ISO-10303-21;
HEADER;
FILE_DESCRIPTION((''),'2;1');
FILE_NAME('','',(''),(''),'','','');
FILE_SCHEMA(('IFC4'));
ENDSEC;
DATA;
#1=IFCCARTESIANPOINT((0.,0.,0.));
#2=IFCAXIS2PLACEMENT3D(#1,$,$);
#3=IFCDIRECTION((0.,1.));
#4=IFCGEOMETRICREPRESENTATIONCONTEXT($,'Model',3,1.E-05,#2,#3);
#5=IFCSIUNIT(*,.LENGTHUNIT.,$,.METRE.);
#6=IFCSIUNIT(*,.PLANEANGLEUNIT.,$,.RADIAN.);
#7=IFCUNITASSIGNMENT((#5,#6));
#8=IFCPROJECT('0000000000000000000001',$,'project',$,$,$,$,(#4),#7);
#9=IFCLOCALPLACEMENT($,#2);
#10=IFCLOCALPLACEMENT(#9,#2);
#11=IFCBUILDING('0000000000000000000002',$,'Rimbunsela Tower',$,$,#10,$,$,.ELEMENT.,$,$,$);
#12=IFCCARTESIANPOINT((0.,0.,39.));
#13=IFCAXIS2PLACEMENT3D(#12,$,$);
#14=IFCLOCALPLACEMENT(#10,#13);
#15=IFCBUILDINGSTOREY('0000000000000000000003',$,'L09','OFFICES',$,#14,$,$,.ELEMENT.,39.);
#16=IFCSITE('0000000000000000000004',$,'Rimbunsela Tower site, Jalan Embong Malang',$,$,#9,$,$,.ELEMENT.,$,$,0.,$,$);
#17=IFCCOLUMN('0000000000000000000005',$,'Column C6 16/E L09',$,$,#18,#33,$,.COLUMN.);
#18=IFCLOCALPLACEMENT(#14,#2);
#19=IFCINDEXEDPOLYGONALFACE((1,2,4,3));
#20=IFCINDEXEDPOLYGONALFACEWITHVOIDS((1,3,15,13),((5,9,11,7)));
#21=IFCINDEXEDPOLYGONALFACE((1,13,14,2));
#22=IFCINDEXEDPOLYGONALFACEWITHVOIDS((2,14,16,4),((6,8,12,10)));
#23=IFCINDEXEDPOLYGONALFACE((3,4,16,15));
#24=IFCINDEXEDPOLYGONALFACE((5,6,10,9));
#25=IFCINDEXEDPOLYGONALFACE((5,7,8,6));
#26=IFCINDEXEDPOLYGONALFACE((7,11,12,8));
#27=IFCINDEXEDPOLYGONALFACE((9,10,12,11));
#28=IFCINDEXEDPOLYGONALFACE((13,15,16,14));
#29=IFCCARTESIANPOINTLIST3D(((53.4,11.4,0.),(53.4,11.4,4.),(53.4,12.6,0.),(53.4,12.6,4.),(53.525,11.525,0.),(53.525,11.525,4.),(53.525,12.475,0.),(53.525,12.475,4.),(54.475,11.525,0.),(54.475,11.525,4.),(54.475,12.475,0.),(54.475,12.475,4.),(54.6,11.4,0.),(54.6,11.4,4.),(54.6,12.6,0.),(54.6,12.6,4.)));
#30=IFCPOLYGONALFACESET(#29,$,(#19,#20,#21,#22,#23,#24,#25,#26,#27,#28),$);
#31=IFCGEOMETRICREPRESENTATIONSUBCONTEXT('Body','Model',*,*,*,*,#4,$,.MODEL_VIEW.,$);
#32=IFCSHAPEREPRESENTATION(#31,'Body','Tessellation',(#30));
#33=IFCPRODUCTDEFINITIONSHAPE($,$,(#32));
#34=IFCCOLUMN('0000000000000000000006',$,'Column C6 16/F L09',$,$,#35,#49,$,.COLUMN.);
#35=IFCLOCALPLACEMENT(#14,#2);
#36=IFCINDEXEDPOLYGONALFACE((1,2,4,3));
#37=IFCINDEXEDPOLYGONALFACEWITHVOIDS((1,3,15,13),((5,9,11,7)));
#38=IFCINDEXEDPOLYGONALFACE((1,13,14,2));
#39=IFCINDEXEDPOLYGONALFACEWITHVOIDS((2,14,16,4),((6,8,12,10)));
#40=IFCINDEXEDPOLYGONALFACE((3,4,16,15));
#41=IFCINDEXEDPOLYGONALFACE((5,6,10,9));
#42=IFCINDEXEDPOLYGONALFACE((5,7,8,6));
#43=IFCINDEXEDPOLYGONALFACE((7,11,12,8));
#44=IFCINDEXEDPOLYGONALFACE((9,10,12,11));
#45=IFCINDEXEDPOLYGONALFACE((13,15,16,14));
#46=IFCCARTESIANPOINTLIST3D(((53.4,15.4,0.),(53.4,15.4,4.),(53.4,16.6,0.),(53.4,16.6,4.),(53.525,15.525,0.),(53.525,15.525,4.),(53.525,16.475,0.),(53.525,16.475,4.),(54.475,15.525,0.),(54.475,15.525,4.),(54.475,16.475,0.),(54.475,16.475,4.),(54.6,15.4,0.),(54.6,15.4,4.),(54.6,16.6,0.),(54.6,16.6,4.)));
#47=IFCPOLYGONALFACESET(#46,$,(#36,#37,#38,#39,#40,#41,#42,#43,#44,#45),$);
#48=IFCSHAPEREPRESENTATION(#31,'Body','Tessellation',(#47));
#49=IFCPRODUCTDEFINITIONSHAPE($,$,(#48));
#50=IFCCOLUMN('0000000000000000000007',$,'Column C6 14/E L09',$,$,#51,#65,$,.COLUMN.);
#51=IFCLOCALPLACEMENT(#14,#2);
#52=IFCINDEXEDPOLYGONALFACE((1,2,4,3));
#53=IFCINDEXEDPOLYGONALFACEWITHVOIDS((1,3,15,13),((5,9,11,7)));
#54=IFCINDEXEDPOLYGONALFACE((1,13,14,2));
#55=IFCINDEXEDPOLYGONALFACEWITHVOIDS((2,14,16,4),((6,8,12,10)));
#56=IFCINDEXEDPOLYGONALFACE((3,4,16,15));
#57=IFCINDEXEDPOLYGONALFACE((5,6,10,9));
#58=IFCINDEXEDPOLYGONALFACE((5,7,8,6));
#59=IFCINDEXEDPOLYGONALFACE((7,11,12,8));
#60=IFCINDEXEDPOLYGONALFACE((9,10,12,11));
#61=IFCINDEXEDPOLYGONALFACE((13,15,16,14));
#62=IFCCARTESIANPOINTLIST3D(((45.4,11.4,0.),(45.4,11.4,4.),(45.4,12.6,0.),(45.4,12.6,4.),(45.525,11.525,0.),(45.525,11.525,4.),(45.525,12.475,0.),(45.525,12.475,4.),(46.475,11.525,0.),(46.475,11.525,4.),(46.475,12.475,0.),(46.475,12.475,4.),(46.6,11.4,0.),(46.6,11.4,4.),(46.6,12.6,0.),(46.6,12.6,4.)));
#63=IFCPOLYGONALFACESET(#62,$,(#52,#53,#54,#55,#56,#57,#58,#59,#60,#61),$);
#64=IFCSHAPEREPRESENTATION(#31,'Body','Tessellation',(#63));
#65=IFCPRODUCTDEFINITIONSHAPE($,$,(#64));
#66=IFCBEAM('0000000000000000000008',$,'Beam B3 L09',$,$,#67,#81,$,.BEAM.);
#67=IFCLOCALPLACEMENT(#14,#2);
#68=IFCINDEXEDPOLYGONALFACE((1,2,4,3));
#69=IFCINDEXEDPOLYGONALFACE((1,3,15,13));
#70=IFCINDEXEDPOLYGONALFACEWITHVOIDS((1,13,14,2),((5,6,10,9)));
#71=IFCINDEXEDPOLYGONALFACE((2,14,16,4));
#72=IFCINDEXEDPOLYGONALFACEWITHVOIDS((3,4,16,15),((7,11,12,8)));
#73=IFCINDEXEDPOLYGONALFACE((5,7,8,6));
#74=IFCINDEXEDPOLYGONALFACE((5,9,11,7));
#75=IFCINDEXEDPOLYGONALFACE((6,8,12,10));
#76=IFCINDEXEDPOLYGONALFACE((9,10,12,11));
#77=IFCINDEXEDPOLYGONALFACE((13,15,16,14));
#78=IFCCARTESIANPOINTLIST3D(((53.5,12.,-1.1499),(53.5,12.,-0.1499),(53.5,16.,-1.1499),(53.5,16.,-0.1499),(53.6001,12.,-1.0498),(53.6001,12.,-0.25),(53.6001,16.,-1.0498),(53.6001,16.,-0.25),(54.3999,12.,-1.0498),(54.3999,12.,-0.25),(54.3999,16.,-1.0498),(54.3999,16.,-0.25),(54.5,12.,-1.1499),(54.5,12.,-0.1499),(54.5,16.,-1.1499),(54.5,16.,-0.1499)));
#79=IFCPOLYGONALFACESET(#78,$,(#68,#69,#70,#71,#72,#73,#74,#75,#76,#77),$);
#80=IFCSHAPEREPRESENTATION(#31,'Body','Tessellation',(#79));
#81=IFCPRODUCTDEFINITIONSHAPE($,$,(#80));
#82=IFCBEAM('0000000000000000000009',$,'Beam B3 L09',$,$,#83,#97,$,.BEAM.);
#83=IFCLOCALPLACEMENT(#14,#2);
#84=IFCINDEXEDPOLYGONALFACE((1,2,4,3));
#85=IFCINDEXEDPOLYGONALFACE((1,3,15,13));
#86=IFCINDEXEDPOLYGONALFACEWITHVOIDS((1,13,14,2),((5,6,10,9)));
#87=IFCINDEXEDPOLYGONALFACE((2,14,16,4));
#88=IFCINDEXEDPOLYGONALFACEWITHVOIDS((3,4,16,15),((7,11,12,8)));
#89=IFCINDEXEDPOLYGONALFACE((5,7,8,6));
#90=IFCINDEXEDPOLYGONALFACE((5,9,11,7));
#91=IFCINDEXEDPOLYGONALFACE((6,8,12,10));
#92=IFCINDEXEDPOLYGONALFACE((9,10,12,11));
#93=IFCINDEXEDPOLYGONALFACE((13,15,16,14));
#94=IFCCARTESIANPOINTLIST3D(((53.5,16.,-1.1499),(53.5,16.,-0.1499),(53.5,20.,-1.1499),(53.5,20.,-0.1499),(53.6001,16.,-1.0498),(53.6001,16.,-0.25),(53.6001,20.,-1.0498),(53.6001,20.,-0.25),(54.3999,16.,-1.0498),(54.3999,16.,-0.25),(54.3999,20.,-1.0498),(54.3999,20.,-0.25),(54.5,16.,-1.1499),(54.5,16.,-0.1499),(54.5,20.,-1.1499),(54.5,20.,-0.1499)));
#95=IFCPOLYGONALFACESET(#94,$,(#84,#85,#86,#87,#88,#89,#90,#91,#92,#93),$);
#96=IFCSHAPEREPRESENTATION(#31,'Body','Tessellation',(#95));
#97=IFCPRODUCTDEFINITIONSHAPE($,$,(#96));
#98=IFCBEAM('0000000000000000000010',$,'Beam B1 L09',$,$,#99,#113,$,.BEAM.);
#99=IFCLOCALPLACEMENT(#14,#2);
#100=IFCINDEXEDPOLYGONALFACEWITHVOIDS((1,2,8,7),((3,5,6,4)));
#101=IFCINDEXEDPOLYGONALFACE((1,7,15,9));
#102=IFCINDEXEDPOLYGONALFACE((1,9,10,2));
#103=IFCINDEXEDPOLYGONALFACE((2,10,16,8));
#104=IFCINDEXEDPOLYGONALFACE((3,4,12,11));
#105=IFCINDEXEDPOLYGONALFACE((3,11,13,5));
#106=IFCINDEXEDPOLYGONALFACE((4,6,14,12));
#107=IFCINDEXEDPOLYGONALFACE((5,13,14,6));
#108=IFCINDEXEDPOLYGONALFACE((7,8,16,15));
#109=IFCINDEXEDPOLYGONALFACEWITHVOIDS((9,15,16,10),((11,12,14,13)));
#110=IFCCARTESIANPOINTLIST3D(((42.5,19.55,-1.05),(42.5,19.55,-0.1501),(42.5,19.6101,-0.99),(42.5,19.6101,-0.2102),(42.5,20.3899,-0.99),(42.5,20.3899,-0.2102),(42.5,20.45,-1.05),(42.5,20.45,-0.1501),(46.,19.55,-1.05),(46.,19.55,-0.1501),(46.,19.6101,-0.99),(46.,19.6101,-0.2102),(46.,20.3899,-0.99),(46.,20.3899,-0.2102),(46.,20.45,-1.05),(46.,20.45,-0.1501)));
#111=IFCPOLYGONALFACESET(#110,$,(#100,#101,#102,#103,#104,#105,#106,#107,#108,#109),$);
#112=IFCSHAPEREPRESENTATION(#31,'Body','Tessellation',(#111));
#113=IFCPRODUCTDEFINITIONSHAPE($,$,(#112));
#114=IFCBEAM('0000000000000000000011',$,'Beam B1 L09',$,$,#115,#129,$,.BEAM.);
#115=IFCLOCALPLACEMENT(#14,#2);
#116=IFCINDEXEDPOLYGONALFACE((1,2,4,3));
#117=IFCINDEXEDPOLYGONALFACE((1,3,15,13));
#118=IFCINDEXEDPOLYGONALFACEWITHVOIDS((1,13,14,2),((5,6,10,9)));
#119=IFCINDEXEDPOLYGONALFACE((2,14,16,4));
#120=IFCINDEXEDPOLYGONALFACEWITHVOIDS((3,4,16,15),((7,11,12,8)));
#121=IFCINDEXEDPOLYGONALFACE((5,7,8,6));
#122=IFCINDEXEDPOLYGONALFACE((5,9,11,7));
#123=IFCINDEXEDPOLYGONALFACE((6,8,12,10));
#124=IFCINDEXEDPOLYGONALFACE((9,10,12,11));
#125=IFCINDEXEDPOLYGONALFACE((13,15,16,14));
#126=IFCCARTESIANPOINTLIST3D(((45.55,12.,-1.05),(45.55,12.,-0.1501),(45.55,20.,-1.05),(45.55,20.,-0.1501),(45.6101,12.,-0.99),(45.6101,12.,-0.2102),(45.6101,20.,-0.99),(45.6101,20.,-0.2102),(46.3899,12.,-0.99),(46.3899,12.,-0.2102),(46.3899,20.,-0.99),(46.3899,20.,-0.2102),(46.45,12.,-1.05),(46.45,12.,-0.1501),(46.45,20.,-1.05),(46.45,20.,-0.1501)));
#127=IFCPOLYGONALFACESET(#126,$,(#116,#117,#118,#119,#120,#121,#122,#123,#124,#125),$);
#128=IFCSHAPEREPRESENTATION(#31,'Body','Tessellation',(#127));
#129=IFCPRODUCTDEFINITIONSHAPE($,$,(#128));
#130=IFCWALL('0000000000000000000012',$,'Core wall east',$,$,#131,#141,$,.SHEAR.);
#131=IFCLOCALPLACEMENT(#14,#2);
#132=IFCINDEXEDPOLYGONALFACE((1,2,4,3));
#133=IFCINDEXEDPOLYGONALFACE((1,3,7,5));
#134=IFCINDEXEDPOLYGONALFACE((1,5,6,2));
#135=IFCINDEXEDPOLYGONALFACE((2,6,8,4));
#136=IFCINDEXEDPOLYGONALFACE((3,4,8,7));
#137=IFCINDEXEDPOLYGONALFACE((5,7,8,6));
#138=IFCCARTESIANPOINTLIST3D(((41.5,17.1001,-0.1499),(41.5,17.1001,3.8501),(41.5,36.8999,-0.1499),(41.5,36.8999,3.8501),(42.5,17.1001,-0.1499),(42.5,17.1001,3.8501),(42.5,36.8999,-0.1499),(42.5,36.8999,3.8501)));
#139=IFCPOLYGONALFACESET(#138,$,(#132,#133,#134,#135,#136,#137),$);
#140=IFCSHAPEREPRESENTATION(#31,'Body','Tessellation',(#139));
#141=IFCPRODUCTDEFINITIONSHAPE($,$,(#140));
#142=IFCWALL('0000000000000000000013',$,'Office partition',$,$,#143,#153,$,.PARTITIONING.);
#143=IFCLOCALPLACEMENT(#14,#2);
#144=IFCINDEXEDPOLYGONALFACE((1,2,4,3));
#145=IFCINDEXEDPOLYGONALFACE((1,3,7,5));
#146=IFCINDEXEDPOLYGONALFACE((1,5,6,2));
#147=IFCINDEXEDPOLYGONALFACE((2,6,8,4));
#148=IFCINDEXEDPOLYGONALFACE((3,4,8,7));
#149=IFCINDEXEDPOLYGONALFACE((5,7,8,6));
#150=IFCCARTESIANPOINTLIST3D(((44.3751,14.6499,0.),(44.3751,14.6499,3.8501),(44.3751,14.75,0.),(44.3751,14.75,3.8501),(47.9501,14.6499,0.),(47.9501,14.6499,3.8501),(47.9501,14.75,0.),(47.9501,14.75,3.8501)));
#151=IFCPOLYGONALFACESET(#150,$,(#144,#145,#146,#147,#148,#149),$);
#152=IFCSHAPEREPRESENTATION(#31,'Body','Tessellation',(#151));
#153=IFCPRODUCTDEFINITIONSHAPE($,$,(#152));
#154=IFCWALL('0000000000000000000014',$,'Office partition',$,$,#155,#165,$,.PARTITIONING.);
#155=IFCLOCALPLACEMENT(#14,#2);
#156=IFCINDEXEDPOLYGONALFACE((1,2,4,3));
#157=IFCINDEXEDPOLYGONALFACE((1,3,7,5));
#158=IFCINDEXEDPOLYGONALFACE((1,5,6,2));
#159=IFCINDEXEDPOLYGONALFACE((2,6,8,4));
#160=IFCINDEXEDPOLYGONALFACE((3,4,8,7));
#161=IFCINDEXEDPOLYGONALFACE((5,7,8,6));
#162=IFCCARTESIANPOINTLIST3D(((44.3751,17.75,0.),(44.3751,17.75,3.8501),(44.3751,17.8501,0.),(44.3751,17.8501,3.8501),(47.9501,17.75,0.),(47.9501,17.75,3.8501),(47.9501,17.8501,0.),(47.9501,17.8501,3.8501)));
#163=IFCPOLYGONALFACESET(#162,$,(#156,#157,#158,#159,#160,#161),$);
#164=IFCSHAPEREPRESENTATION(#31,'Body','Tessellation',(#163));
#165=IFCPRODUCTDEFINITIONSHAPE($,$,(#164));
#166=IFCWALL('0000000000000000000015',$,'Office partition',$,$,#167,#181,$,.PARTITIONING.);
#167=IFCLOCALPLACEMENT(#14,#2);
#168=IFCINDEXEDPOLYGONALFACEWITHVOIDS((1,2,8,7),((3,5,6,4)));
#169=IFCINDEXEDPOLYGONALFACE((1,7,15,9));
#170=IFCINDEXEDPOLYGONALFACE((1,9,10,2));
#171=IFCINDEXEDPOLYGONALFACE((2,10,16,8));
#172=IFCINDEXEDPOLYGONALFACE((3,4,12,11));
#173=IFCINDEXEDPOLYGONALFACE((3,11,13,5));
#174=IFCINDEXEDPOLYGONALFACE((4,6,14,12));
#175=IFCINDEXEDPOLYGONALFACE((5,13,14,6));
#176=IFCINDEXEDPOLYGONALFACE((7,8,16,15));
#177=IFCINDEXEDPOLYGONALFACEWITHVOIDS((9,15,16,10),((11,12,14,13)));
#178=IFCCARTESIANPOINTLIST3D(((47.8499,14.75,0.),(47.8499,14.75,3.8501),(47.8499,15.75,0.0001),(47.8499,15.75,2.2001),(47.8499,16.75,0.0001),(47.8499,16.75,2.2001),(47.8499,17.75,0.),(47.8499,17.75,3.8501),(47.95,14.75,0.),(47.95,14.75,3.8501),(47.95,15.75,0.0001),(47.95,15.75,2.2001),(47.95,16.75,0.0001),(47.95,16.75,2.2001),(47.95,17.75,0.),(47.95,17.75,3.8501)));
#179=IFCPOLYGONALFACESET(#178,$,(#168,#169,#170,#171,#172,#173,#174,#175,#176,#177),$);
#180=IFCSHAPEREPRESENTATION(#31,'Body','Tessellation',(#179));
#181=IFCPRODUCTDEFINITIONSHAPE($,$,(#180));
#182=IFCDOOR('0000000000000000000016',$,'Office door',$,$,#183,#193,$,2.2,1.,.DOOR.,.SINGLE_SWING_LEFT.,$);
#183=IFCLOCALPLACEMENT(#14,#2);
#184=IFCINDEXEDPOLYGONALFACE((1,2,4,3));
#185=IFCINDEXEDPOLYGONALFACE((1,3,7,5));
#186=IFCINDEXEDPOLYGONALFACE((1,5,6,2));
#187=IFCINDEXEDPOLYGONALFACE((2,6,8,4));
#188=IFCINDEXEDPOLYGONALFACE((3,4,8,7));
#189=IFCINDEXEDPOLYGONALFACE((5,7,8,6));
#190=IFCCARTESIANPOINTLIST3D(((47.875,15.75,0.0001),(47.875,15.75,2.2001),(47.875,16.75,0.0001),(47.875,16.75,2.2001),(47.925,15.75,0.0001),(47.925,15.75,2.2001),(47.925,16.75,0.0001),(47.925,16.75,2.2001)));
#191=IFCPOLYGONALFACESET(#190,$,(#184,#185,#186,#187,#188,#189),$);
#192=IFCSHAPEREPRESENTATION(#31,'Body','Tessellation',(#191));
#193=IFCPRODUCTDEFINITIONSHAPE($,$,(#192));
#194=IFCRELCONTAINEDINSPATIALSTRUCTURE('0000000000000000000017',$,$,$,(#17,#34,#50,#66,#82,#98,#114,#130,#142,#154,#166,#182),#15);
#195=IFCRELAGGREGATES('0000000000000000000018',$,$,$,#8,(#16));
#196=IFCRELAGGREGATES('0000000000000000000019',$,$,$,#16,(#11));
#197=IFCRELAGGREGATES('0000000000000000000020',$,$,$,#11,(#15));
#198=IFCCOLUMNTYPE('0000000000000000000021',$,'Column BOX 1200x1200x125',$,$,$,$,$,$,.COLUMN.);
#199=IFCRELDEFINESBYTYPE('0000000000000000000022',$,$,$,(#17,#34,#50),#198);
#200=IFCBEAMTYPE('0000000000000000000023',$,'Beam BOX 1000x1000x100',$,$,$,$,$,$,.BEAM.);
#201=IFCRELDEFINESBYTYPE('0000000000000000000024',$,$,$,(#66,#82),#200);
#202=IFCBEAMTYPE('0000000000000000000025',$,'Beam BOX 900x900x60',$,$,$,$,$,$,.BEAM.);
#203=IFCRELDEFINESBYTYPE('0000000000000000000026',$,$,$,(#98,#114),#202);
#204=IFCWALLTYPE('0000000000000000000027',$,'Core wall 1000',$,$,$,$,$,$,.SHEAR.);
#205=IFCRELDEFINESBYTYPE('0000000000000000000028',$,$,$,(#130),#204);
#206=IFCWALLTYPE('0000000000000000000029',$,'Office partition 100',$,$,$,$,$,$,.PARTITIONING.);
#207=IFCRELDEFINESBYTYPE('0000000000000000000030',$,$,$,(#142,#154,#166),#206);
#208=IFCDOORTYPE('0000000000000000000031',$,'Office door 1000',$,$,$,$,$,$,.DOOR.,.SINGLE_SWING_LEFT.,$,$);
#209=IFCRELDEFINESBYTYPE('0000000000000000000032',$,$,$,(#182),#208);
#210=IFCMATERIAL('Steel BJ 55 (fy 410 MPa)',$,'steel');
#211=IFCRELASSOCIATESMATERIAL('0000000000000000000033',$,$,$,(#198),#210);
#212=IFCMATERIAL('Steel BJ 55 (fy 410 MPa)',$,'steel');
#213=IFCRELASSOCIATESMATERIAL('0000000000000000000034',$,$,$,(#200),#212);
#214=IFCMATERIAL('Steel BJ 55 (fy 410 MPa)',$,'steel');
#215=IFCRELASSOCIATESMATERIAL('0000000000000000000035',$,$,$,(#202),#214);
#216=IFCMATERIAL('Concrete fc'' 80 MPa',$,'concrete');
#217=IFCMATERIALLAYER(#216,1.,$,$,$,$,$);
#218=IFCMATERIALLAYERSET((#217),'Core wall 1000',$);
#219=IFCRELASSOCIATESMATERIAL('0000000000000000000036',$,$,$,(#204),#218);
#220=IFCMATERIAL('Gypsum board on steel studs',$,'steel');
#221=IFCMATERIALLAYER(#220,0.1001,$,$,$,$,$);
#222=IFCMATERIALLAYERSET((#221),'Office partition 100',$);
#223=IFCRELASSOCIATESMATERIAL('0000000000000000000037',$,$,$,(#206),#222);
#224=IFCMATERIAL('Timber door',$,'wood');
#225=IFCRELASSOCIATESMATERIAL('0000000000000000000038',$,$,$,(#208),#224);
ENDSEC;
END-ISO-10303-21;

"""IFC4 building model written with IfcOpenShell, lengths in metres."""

from ifc_helpers import new_model, si_unit, direction, frame, frame_2d, origin, origin_2d, place, context, subcontext, project, spatial, rectangle, hollow_rectangle, extrude, material, layer, layer_set, material_profile, profile_set, type_object, element, fill, save


model = new_model("IFC4")

# Units and contexts
model_context = context("Model", 3, precision=1e-05, world=origin(), true_north=direction((0.0, 1.0)))
body_context = subcontext(model_context, "Body", "Model", "MODEL_VIEW")
ifc_project = project(units=[si_unit("LENGTHUNIT", "METRE"), si_unit("PLANEANGLEUNIT", "RADIAN")], contexts=[model_context])

# Site, building, storey
site_placement = place(None, origin())
site = spatial("IfcSite", under=ifc_project, at=site_placement, Name="Rimbunsela Tower site, Jalan Embong Malang", CompositionType="ELEMENT", RefElevation=0.0)
building_placement = place(site_placement, origin())
building = spatial("IfcBuilding", under=site, at=building_placement, Name="Rimbunsela Tower", CompositionType="ELEMENT")
storey_placement = place(building_placement, frame((0.0, 0.0, 39.0)))
storey = spatial("IfcBuildingStorey", under=building, at=storey_placement, Name="L09", Description="OFFICES", CompositionType="ELEMENT", Elevation=39.0)

# Columns
ifc_material_1 = material(Name="Steel BJ 55 (fy 410 MPa)", Category="steel")
ifc_material_profile_1 = material_profile(ifc_material_1, hollow_rectangle(XDim=1.2, YDim=1.2, WallThickness=0.125, at=origin_2d()), Name="BOX 1200x1200x125")
ifc_profile_set_1 = profile_set([ifc_material_profile_1], Name="Steel BJ 55 (fy 410 MPa)")
column_type = type_object("IfcColumnType", Name="Column BOX 1200x1200x125", PredefinedType="COLUMN", material=ifc_profile_set_1)
for number, where, z_axis, x_axis, name in (
    (1, (54.0, 12.0, 0.0), (0.0, 0.0, 1.0), (1.0, 0.0, 0.0), "Column C6 16/E L09"),
    (2, (54.0, 16.0, 0.0), (0.0, 0.0, 1.0), (1.0, 0.0, 0.0), "Column C6 16/F L09"),
    (3, (46.0, 12.0, 0.0), (0.0, 0.0, 1.0), (1.0, 0.0, 0.0), "Column C6 14/E L09"),
):
    element("IfcColumn", number, at=place(storey_placement, frame(where, z_axis=z_axis, x_axis=x_axis)), inside=storey, type_object=column_type, Name=name, PredefinedType="COLUMN", context=body_context, shape_type="SweptSolid", body=[
        extrude(hollow_rectangle(XDim=1.2, YDim=1.2, WallThickness=0.125, at=origin_2d()), origin(), (0.0, 0.0, 1.0), 4.0),
    ])

# Beams
ifc_material_2 = material(Name="Steel BJ 55 (fy 410 MPa)", Category="steel")
ifc_material_profile_2 = material_profile(ifc_material_2, hollow_rectangle(XDim=1.0, YDim=1.0, WallThickness=0.1001, at=origin_2d()), Name="BOX 1000x1000x100")
ifc_profile_set_2 = profile_set([ifc_material_profile_2], Name="Steel BJ 55 (fy 410 MPa)")
beam_type_1 = type_object("IfcBeamType", Name="Beam BOX 1000x1000x100", PredefinedType="BEAM", material=ifc_profile_set_2)
for number, where, z_axis, x_axis, name in (
    (4, (54.0, 12.0, -0.6499), (0.0, 1.0, 0.0), (-1.0, 0.0, 0.0), "Beam B3 L09"),
    (5, (54.0, 16.0, -0.6499), (0.0, 1.0, 0.0), (-1.0, 0.0, 0.0), "Beam B3 L09"),
):
    element("IfcBeam", number, at=place(storey_placement, frame(where, z_axis=z_axis, x_axis=x_axis)), inside=storey, type_object=beam_type_1, Name=name, PredefinedType="BEAM", context=body_context, shape_type="SweptSolid", body=[
        extrude(hollow_rectangle(XDim=1.0, YDim=1.0, WallThickness=0.1001, at=origin_2d()), origin(), (0.0, 0.0, 1.0), 4.0),
    ])
ifc_material_3 = material(Name="Steel BJ 55 (fy 410 MPa)", Category="steel")
ifc_material_profile_3 = material_profile(ifc_material_3, hollow_rectangle(XDim=0.8999, YDim=0.8999, WallThickness=0.0601, at=origin_2d()), Name="BOX 900x900x60")
ifc_profile_set_3 = profile_set([ifc_material_profile_3], Name="Steel BJ 55 (fy 410 MPa)")
beam_type_2 = type_object("IfcBeamType", Name="Beam BOX 900x900x60", PredefinedType="BEAM", material=ifc_profile_set_3)
beam_1_placement = place(storey_placement, frame((42.5, 20.0, -0.6001), z_axis=(1.0, 0.0, 0.0), x_axis=(0.0, 1.0, 0.0)))
element("IfcBeam", 6, at=beam_1_placement, inside=storey, type_object=beam_type_2, Name="Beam B1 L09", PredefinedType="BEAM", context=body_context, shape_type="SweptSolid", body=[
    extrude(hollow_rectangle(XDim=0.8999, YDim=0.8999, WallThickness=0.0601, at=origin_2d()), origin(), (0.0, 0.0, 1.0), 3.5),
])
beam_2_placement = place(storey_placement, frame((46.0, 12.0, -0.6001), z_axis=(0.0, 1.0, 0.0), x_axis=(-1.0, 0.0, 0.0)))
element("IfcBeam", 7, at=beam_2_placement, inside=storey, type_object=beam_type_2, Name="Beam B1 L09", PredefinedType="BEAM", context=body_context, shape_type="SweptSolid", body=[
    extrude(hollow_rectangle(XDim=0.8999, YDim=0.8999, WallThickness=0.0601, at=origin_2d()), origin(), (0.0, 0.0, 1.0), 8.0),
])

# Walls
ifc_material_4 = material(Name="Concrete fc' 80 MPa", Category="concrete")
ifc_layer_1 = layer(ifc_material_4, 1.0)
ifc_layer_set_1 = layer_set([ifc_layer_1], Name="Core wall 1000")
wall_type_1 = type_object("IfcWallType", Name="Core wall 1000", PredefinedType="SHEAR", material=ifc_layer_set_1)
wall_1_placement = place(storey_placement, frame((42.0, 17.1001, -0.1499), z_axis=(0.0, 0.0, 1.0), x_axis=(0.0, 1.0, 0.0)))
element("IfcWall", 8, at=wall_1_placement, inside=storey, type_object=wall_type_1, Name="Core wall east", PredefinedType="SHEAR", context=body_context, shape_type="SweptSolid", body=[
    extrude(rectangle(XDim=19.7998, YDim=1.0, at=frame_2d((9.8999, 0.0))), origin(), (0.0, 0.0, 1.0), 4.0),
])
ifc_material_5 = material(Name="Gypsum board on steel studs", Category="steel")
ifc_layer_2 = layer(ifc_material_5, 0.1001)
ifc_layer_set_2 = layer_set([ifc_layer_2], Name="Office partition 100")
wall_type_2 = type_object("IfcWallType", Name="Office partition 100", PredefinedType="PARTITIONING", material=ifc_layer_set_2)
for number, where, z_axis, x_axis, name in (
    (9, (44.375, 14.7, 0.0), (0.0, 0.0, 1.0), (1.0, 0.0, 0.0), "Office partition"),
    (10, (44.375, 17.8, 0.0), (0.0, 0.0, 1.0), (1.0, 0.0, 0.0), "Office partition"),
):
    element("IfcWall", number, at=place(storey_placement, frame(where, z_axis=z_axis, x_axis=x_axis)), inside=storey, type_object=wall_type_2, Name=name, PredefinedType="PARTITIONING", context=body_context, shape_type="SweptSolid", body=[
        extrude(rectangle(XDim=3.575, YDim=0.1001, at=frame_2d((1.7876, 0.0))), origin(), (0.0, 0.0, 1.0), 3.8501),
    ])

# Wall, opening, door
wall_2_placement = place(storey_placement, frame((47.8999, 14.75, 0.0), z_axis=(0.0, 0.0, 1.0), x_axis=(0.0, 1.0, 0.0)))
wall_2 = element("IfcWall", 11, at=wall_2_placement, inside=storey, type_object=wall_type_2, Name="Office partition", PredefinedType="PARTITIONING", context=body_context, shape_type="SweptSolid", body=[
    extrude(rectangle(XDim=3.0, YDim=0.1001, at=frame_2d((1.5, 0.0))), origin(), (0.0, 0.0, 1.0), 3.8501),
])
opening_1_placement = place(wall_2_placement, frame((1.0, 0.0, 0.0)))
opening_1 = element("IfcOpeningElement", 12, at=opening_1_placement, cuts=wall_2, PredefinedType="OPENING", context=body_context, shape_type="SweptSolid", body=[
    extrude(rectangle(XDim=1.0, YDim=2.2, at=frame_2d((0.5, 1.1001))), frame((0.0, 0.0601, 0.0), z_axis=(0.0, -1.0, 0.0), x_axis=(1.0, 0.0, 0.0)), (0.0, 0.0, 1.0), 0.1201),
])
ifc_material_6 = material(Name="Timber door", Category="wood")
door_type_1 = type_object("IfcDoorType", Name="Office door 1000", OperationType="SINGLE_SWING_LEFT", PredefinedType="DOOR", material=ifc_material_6)
door_1_placement = place(opening_1_placement, origin())
door_1 = element("IfcDoor", 13, at=door_1_placement, inside=storey, type_object=door_type_1, Name="Office door", OperationType="SINGLE_SWING_LEFT", OverallHeight=2.2, OverallWidth=1.0, PredefinedType="DOOR", context=body_context, shape_type="SweptSolid", body=[
    extrude(rectangle(XDim=1.0, YDim=2.2, at=frame_2d((0.5, 1.1001))), frame((0.0, 0.0249, 0.0), z_axis=(0.0, -1.0, 0.0), x_axis=(1.0, 0.0, 0.0)), (0.0, 0.0, 1.0), 0.05),
])
fill(opening_1, door_1)

save(model, "model.ifc")
